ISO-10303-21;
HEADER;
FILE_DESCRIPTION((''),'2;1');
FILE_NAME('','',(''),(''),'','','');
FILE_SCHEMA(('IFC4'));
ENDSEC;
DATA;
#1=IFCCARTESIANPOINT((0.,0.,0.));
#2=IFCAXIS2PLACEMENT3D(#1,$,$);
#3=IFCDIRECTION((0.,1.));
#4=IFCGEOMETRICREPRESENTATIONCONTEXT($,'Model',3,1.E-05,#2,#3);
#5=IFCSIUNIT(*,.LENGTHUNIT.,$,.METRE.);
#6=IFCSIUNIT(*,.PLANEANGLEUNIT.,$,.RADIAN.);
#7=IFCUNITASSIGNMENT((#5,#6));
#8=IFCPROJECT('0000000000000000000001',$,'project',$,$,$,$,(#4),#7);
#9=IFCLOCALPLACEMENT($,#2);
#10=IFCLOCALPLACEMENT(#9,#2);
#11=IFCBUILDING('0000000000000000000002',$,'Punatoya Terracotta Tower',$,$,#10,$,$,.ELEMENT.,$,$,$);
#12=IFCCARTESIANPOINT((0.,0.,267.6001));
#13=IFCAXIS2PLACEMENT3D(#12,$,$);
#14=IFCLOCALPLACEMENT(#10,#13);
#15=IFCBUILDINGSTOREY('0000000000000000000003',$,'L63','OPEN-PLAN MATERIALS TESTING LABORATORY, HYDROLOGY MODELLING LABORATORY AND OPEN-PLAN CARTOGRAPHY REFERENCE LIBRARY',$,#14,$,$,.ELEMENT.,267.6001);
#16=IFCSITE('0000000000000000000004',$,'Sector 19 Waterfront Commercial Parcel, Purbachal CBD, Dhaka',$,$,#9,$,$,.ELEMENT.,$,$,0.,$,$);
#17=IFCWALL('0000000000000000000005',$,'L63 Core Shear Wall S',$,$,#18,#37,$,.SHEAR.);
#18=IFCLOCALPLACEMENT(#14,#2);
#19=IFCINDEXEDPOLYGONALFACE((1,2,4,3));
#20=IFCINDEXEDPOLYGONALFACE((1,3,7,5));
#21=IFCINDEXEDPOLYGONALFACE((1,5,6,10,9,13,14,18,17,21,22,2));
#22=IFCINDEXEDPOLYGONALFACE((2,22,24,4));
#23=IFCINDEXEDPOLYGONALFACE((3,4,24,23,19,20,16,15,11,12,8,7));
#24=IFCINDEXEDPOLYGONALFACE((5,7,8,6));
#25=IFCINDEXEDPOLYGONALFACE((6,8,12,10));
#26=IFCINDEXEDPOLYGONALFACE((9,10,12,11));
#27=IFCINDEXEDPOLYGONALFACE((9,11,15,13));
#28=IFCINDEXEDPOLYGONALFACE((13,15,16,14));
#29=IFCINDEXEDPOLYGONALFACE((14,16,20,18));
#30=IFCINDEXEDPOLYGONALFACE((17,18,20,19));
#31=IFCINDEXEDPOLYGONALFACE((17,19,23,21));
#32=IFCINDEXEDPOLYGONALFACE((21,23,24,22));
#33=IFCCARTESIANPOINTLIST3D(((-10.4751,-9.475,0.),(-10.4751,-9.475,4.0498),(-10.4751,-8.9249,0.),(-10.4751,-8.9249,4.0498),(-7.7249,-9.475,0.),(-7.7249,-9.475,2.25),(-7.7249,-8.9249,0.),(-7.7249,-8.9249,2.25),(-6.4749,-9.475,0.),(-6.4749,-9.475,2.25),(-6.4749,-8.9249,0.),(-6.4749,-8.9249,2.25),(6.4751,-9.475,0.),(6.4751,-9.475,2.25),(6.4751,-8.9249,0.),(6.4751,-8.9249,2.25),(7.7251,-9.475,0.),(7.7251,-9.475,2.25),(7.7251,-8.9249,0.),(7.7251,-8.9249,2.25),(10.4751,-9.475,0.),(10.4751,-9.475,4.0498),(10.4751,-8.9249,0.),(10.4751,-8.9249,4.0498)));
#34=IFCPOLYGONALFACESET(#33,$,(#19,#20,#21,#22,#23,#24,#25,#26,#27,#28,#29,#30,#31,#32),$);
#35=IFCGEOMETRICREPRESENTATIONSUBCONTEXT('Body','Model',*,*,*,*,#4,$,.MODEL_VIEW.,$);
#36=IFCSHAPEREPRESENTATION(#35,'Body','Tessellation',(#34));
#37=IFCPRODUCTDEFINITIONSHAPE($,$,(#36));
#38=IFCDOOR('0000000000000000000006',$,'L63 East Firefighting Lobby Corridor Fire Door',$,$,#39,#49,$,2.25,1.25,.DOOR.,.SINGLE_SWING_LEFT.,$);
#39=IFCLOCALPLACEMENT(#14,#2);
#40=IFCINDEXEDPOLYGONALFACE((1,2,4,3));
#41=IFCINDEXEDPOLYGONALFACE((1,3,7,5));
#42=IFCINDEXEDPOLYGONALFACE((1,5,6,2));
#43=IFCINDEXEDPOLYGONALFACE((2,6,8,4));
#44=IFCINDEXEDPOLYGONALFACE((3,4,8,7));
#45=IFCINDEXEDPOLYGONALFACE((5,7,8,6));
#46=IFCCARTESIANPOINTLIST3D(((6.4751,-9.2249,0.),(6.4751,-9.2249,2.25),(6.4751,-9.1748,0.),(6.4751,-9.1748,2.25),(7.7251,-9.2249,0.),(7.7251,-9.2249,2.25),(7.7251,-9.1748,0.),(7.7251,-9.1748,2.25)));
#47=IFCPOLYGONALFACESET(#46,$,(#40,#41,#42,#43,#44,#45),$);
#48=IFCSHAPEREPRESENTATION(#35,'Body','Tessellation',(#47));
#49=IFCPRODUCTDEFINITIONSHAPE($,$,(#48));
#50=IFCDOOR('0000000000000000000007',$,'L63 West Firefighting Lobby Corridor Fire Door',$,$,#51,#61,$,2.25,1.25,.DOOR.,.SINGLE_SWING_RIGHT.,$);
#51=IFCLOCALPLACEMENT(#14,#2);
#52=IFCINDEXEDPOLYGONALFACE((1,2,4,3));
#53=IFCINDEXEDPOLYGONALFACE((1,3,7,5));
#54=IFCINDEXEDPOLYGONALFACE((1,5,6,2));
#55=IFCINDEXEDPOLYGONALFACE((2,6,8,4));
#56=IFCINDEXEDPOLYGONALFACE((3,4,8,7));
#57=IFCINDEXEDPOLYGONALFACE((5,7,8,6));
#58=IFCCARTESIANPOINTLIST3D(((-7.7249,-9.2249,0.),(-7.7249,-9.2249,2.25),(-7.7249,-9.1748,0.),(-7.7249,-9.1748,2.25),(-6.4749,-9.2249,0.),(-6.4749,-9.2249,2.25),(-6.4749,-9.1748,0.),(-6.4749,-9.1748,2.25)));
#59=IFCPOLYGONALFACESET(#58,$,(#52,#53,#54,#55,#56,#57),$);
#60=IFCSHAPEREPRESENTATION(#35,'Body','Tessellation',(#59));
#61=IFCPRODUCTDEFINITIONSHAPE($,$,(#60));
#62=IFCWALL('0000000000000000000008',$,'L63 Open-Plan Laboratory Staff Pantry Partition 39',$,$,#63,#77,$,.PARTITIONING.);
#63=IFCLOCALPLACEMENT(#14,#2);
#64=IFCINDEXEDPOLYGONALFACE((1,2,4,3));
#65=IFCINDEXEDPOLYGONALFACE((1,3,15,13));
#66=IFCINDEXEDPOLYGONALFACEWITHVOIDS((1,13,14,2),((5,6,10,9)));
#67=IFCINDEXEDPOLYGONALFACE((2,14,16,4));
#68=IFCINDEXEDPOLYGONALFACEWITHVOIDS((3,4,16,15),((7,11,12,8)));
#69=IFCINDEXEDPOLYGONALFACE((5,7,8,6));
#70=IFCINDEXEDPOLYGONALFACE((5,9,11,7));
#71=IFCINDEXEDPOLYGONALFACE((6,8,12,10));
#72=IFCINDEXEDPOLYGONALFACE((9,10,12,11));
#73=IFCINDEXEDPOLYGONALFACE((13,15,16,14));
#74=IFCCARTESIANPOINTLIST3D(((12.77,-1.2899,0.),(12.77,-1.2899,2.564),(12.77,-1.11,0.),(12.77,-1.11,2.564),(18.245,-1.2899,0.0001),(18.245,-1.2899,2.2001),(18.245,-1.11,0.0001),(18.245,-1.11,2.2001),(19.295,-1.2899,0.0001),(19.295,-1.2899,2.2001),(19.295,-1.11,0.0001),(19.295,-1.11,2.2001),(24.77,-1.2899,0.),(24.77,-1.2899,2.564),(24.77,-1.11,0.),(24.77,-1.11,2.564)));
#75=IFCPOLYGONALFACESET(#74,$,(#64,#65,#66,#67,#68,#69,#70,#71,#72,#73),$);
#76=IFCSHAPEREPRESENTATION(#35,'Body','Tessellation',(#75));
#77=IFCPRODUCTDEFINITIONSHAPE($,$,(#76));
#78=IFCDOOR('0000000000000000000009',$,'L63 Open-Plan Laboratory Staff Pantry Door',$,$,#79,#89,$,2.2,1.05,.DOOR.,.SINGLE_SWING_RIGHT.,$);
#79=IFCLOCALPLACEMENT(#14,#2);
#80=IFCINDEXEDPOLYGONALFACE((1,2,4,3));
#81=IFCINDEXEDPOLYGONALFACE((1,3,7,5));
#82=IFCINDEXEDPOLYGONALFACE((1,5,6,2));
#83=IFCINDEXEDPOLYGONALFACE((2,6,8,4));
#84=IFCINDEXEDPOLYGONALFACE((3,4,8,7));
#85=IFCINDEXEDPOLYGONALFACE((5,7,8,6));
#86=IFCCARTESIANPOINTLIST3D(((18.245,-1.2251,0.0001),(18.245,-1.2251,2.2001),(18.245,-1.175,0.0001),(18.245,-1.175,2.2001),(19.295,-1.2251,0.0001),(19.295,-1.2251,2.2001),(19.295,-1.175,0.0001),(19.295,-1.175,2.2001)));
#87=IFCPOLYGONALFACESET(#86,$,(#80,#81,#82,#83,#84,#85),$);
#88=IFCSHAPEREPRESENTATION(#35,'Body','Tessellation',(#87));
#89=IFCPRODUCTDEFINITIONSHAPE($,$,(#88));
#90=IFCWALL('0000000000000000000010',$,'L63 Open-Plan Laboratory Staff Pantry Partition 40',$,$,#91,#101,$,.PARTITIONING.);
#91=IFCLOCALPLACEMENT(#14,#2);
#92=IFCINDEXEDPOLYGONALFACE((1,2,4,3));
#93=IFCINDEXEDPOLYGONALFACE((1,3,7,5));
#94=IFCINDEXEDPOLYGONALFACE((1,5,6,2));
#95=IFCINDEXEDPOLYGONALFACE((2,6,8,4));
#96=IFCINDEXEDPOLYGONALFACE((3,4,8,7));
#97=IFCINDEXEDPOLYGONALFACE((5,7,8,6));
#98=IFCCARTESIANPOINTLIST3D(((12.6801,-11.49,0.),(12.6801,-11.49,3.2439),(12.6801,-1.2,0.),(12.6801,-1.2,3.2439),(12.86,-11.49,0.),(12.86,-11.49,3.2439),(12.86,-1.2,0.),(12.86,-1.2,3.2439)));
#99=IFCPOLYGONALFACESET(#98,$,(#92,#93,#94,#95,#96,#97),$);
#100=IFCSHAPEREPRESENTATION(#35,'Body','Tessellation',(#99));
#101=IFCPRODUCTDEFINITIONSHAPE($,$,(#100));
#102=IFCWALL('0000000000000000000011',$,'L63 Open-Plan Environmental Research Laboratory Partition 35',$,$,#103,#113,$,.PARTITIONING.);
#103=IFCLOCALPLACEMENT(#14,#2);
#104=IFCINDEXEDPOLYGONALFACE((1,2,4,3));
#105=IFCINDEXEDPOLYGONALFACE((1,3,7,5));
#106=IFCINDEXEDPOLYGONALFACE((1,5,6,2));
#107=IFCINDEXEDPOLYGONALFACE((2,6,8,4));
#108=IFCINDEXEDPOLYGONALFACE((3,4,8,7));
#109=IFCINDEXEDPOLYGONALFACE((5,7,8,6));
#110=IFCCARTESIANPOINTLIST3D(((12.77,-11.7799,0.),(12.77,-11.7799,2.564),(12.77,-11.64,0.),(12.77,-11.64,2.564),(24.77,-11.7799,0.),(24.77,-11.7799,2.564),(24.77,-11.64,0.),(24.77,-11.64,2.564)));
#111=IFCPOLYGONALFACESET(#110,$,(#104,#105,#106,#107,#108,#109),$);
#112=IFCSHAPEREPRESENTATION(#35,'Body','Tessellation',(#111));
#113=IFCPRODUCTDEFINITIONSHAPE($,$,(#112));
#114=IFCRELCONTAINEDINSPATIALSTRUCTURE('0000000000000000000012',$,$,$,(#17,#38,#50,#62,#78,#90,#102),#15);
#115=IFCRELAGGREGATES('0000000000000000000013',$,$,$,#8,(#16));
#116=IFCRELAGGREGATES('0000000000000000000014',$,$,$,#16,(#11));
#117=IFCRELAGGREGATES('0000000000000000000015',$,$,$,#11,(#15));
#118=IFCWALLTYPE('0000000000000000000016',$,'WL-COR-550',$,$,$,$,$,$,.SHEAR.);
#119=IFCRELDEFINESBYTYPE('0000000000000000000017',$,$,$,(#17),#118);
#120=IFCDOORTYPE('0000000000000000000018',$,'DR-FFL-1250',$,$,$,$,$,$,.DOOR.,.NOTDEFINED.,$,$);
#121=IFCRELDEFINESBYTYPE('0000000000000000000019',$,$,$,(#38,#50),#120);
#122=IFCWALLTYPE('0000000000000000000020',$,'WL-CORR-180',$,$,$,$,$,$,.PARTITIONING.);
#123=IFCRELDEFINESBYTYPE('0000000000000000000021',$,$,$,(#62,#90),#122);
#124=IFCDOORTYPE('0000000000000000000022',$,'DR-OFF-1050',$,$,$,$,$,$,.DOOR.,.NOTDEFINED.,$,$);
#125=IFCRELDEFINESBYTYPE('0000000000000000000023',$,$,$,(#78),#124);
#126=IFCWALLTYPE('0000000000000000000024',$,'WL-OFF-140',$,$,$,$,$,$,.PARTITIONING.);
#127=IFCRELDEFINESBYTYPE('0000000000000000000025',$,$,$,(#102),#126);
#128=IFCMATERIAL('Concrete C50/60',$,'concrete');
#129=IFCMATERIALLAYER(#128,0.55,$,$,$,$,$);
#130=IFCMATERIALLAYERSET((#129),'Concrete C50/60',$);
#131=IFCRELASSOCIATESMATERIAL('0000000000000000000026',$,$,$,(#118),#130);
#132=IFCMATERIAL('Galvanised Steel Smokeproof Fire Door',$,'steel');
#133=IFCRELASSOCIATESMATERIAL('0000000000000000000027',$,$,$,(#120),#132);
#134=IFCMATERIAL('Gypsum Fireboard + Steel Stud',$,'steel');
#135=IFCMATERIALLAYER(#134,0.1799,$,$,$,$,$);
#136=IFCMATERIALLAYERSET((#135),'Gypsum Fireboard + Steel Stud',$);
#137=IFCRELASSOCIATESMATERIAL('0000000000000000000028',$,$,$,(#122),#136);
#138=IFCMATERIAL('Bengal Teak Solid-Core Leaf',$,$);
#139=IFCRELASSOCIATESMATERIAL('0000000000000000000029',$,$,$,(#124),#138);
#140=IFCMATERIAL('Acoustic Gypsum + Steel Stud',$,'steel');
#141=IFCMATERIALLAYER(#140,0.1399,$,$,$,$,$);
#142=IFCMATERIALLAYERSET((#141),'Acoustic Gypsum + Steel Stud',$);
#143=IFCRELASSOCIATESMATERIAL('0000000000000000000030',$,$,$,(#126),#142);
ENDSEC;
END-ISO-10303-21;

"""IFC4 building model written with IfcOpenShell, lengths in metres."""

from ifc_helpers import new_model, si_unit, direction, frame, frame_2d, origin, place, context, subcontext, project, spatial, rectangle, extrude, material, layer, layer_set, type_object, element, fill, save


model = new_model("IFC4")

# Units and contexts
model_context = context("Model", 3, precision=1e-05, world=origin(), true_north=direction((0.0, 1.0)))
body_context = subcontext(model_context, "Body", "Model", "MODEL_VIEW")
ifc_project = project(units=[si_unit("LENGTHUNIT", "METRE"), si_unit("PLANEANGLEUNIT", "RADIAN")], contexts=[model_context])

# Site, building, storey
site_placement = place(None, origin())
site = spatial("IfcSite", under=ifc_project, at=site_placement, Name="Sector 19 Waterfront Commercial Parcel, Purbachal CBD, Dhaka", CompositionType="ELEMENT", RefElevation=0.0)
building_placement = place(site_placement, origin())
building = spatial("IfcBuilding", under=site, at=building_placement, Name="Punatoya Terracotta Tower", CompositionType="ELEMENT")
storey_placement = place(building_placement, frame((0.0, 0.0, 267.6001)))
storey = spatial("IfcBuildingStorey", under=building, at=storey_placement, Name="L63", Description="OPEN-PLAN MATERIALS TESTING LABORATORY, HYDROLOGY MODELLING LABORATORY AND OPEN-PLAN CARTOGRAPHY REFERENCE LIBRARY", CompositionType="ELEMENT", Elevation=267.6001)

# Wall, openings, doors
ifc_material_1 = material(Name="Concrete C50/60", Category="concrete")
ifc_layer_1 = layer(ifc_material_1, 0.55)
ifc_layer_set_1 = layer_set([ifc_layer_1], Name="Concrete C50/60")
wall_type_1 = type_object("IfcWallType", Name="WL-COR-550", PredefinedType="SHEAR", material=ifc_layer_set_1)
wall_1_placement = place(storey_placement, frame((10.4751, -9.2, 0.0), z_axis=(0.0, 0.0, 1.0), x_axis=(-1.0, 0.0, 0.0)))
wall_1 = element("IfcWall", 1, at=wall_1_placement, inside=storey, type_object=wall_type_1, Name="L63 Core Shear Wall S", PredefinedType="SHEAR", context=body_context, shape_type="SweptSolid", body=[
    extrude(rectangle(XDim=20.9502, YDim=0.55, at=frame_2d((10.4751, 0.0))), origin(), (0.0, 0.0, 1.0), 4.0498),
])
opening_1_placement = place(wall_1_placement, frame((2.75, 0.0, 0.0)))
opening_1 = element("IfcOpeningElement", 2, at=opening_1_placement, cuts=wall_1, PredefinedType="OPENING", context=body_context, shape_type="SweptSolid", body=[
    extrude(rectangle(XDim=1.25, YDim=2.25, at=frame_2d((0.625, 1.125))), frame((0.0, 0.2849, 0.0), z_axis=(0.0, -1.0, 0.0), x_axis=(1.0, 0.0, 0.0)), (0.0, 0.0, 1.0), 0.5701),
])
opening_2_placement = place(wall_1_placement, frame((16.95, 0.0, 0.0)))
opening_2 = element("IfcOpeningElement", 3, at=opening_2_placement, cuts=wall_1, PredefinedType="OPENING", context=body_context, shape_type="SweptSolid", body=[
    extrude(rectangle(XDim=1.25, YDim=2.25, at=frame_2d((0.625, 1.125))), frame((0.0, 0.2849, 0.0), z_axis=(0.0, -1.0, 0.0), x_axis=(1.0, 0.0, 0.0)), (0.0, 0.0, 1.0), 0.5701),
])
ifc_material_2 = material(Name="Galvanised Steel Smokeproof Fire Door", Category="steel")
door_type_1 = type_object("IfcDoorType", Name="DR-FFL-1250", OperationType="NOTDEFINED", PredefinedType="DOOR", material=ifc_material_2)
door_1_placement = place(opening_1_placement, origin())
door_1 = element("IfcDoor", 4, at=door_1_placement, inside=storey, type_object=door_type_1, Name="L63 East Firefighting Lobby Corridor Fire Door", OperationType="SINGLE_SWING_LEFT", OverallHeight=2.25, OverallWidth=1.25, PredefinedType="DOOR", context=body_context, shape_type="SweptSolid", body=[
    extrude(rectangle(XDim=1.25, YDim=2.25, at=frame_2d((0.625, 1.125))), frame((0.0, 0.0249, 0.0), z_axis=(0.0, -1.0, 0.0), x_axis=(1.0, 0.0, 0.0)), (0.0, 0.0, 1.0), 0.05),
])
fill(opening_1, door_1)
door_2_placement = place(opening_2_placement, origin())
door_2 = element("IfcDoor", 5, at=door_2_placement, inside=storey, type_object=door_type_1, Name="L63 West Firefighting Lobby Corridor Fire Door", OperationType="SINGLE_SWING_RIGHT", OverallHeight=2.25, OverallWidth=1.25, PredefinedType="DOOR", context=body_context, shape_type="SweptSolid", body=[
    extrude(rectangle(XDim=1.25, YDim=2.25, at=frame_2d((0.625, 1.125))), frame((0.0, 0.0249, 0.0), z_axis=(0.0, -1.0, 0.0), x_axis=(1.0, 0.0, 0.0)), (0.0, 0.0, 1.0), 0.05),
])
fill(opening_2, door_2)

# Wall, opening, door
ifc_material_3 = material(Name="Gypsum Fireboard + Steel Stud", Category="steel")
ifc_layer_2 = layer(ifc_material_3, 0.1799)
ifc_layer_set_2 = layer_set([ifc_layer_2], Name="Gypsum Fireboard + Steel Stud")
wall_type_2 = type_object("IfcWallType", Name="WL-CORR-180", PredefinedType="PARTITIONING", material=ifc_layer_set_2)
wall_2_placement = place(storey_placement, frame((12.77, -1.2, 0.0), z_axis=(0.0, 0.0, 1.0), x_axis=(1.0, 0.0, 0.0)))
wall_2 = element("IfcWall", 6, at=wall_2_placement, inside=storey, type_object=wall_type_2, Name="L63 Open-Plan Laboratory Staff Pantry Partition 39", PredefinedType="PARTITIONING", context=body_context, shape_type="SweptSolid", body=[
    extrude(rectangle(XDim=12.0, YDim=0.1799, at=frame_2d((6.0, 0.0))), origin(), (0.0, 0.0, 1.0), 2.564),
])
opening_3_placement = place(wall_2_placement, frame((5.4751, 0.0, 0.0)))
opening_3 = element("IfcOpeningElement", 7, at=opening_3_placement, cuts=wall_2, PredefinedType="OPENING", context=body_context, shape_type="SweptSolid", body=[
    extrude(rectangle(XDim=1.05, YDim=2.2, at=frame_2d((0.5249, 1.1001))), frame((0.0, 0.0999, 0.0), z_axis=(0.0, -1.0, 0.0), x_axis=(1.0, 0.0, 0.0)), (0.0, 0.0, 1.0), 0.2),
])
ifc_material_4 = material(Name="Bengal Teak Solid-Core Leaf")
door_type_2 = type_object("IfcDoorType", Name="DR-OFF-1050", OperationType="NOTDEFINED", PredefinedType="DOOR", material=ifc_material_4)
door_3_placement = place(opening_3_placement, origin())
door_3 = element("IfcDoor", 8, at=door_3_placement, inside=storey, type_object=door_type_2, Name="L63 Open-Plan Laboratory Staff Pantry Door", OperationType="SINGLE_SWING_RIGHT", OverallHeight=2.2, OverallWidth=1.05, PredefinedType="DOOR", context=body_context, shape_type="SweptSolid", body=[
    extrude(rectangle(XDim=1.05, YDim=2.2, at=frame_2d((0.5249, 1.1001))), frame((0.0, 0.0249, 0.0), z_axis=(0.0, -1.0, 0.0), x_axis=(1.0, 0.0, 0.0)), (0.0, 0.0, 1.0), 0.05),
])
fill(opening_3, door_3)

# Walls
wall_3_placement = place(storey_placement, frame((12.77, -11.49, 0.0), z_axis=(0.0, 0.0, 1.0), x_axis=(0.0, 1.0, 0.0)))
element("IfcWall", 9, at=wall_3_placement, inside=storey, type_object=wall_type_2, Name="L63 Open-Plan Laboratory Staff Pantry Partition 40", PredefinedType="PARTITIONING", context=body_context, shape_type="SweptSolid", body=[
    extrude(rectangle(XDim=10.29, YDim=0.1799, at=frame_2d((5.145, 0.0))), origin(), (0.0, 0.0, 1.0), 3.2439),
])
ifc_material_5 = material(Name="Acoustic Gypsum + Steel Stud", Category="steel")
ifc_layer_3 = layer(ifc_material_5, 0.1399)
ifc_layer_set_3 = layer_set([ifc_layer_3], Name="Acoustic Gypsum + Steel Stud")
wall_type_3 = type_object("IfcWallType", Name="WL-OFF-140", PredefinedType="PARTITIONING", material=ifc_layer_set_3)
wall_4_placement = place(storey_placement, frame((12.77, -11.71, 0.0), z_axis=(0.0, 0.0, 1.0), x_axis=(1.0, 0.0, 0.0)))
element("IfcWall", 10, at=wall_4_placement, inside=storey, type_object=wall_type_3, Name="L63 Open-Plan Environmental Research Laboratory Partition 35", PredefinedType="PARTITIONING", context=body_context, shape_type="SweptSolid", body=[
    extrude(rectangle(XDim=12.0, YDim=0.1399, at=frame_2d((6.0, 0.0))), origin(), (0.0, 0.0, 1.0), 2.564),
])

save(model, "model.ifc")
